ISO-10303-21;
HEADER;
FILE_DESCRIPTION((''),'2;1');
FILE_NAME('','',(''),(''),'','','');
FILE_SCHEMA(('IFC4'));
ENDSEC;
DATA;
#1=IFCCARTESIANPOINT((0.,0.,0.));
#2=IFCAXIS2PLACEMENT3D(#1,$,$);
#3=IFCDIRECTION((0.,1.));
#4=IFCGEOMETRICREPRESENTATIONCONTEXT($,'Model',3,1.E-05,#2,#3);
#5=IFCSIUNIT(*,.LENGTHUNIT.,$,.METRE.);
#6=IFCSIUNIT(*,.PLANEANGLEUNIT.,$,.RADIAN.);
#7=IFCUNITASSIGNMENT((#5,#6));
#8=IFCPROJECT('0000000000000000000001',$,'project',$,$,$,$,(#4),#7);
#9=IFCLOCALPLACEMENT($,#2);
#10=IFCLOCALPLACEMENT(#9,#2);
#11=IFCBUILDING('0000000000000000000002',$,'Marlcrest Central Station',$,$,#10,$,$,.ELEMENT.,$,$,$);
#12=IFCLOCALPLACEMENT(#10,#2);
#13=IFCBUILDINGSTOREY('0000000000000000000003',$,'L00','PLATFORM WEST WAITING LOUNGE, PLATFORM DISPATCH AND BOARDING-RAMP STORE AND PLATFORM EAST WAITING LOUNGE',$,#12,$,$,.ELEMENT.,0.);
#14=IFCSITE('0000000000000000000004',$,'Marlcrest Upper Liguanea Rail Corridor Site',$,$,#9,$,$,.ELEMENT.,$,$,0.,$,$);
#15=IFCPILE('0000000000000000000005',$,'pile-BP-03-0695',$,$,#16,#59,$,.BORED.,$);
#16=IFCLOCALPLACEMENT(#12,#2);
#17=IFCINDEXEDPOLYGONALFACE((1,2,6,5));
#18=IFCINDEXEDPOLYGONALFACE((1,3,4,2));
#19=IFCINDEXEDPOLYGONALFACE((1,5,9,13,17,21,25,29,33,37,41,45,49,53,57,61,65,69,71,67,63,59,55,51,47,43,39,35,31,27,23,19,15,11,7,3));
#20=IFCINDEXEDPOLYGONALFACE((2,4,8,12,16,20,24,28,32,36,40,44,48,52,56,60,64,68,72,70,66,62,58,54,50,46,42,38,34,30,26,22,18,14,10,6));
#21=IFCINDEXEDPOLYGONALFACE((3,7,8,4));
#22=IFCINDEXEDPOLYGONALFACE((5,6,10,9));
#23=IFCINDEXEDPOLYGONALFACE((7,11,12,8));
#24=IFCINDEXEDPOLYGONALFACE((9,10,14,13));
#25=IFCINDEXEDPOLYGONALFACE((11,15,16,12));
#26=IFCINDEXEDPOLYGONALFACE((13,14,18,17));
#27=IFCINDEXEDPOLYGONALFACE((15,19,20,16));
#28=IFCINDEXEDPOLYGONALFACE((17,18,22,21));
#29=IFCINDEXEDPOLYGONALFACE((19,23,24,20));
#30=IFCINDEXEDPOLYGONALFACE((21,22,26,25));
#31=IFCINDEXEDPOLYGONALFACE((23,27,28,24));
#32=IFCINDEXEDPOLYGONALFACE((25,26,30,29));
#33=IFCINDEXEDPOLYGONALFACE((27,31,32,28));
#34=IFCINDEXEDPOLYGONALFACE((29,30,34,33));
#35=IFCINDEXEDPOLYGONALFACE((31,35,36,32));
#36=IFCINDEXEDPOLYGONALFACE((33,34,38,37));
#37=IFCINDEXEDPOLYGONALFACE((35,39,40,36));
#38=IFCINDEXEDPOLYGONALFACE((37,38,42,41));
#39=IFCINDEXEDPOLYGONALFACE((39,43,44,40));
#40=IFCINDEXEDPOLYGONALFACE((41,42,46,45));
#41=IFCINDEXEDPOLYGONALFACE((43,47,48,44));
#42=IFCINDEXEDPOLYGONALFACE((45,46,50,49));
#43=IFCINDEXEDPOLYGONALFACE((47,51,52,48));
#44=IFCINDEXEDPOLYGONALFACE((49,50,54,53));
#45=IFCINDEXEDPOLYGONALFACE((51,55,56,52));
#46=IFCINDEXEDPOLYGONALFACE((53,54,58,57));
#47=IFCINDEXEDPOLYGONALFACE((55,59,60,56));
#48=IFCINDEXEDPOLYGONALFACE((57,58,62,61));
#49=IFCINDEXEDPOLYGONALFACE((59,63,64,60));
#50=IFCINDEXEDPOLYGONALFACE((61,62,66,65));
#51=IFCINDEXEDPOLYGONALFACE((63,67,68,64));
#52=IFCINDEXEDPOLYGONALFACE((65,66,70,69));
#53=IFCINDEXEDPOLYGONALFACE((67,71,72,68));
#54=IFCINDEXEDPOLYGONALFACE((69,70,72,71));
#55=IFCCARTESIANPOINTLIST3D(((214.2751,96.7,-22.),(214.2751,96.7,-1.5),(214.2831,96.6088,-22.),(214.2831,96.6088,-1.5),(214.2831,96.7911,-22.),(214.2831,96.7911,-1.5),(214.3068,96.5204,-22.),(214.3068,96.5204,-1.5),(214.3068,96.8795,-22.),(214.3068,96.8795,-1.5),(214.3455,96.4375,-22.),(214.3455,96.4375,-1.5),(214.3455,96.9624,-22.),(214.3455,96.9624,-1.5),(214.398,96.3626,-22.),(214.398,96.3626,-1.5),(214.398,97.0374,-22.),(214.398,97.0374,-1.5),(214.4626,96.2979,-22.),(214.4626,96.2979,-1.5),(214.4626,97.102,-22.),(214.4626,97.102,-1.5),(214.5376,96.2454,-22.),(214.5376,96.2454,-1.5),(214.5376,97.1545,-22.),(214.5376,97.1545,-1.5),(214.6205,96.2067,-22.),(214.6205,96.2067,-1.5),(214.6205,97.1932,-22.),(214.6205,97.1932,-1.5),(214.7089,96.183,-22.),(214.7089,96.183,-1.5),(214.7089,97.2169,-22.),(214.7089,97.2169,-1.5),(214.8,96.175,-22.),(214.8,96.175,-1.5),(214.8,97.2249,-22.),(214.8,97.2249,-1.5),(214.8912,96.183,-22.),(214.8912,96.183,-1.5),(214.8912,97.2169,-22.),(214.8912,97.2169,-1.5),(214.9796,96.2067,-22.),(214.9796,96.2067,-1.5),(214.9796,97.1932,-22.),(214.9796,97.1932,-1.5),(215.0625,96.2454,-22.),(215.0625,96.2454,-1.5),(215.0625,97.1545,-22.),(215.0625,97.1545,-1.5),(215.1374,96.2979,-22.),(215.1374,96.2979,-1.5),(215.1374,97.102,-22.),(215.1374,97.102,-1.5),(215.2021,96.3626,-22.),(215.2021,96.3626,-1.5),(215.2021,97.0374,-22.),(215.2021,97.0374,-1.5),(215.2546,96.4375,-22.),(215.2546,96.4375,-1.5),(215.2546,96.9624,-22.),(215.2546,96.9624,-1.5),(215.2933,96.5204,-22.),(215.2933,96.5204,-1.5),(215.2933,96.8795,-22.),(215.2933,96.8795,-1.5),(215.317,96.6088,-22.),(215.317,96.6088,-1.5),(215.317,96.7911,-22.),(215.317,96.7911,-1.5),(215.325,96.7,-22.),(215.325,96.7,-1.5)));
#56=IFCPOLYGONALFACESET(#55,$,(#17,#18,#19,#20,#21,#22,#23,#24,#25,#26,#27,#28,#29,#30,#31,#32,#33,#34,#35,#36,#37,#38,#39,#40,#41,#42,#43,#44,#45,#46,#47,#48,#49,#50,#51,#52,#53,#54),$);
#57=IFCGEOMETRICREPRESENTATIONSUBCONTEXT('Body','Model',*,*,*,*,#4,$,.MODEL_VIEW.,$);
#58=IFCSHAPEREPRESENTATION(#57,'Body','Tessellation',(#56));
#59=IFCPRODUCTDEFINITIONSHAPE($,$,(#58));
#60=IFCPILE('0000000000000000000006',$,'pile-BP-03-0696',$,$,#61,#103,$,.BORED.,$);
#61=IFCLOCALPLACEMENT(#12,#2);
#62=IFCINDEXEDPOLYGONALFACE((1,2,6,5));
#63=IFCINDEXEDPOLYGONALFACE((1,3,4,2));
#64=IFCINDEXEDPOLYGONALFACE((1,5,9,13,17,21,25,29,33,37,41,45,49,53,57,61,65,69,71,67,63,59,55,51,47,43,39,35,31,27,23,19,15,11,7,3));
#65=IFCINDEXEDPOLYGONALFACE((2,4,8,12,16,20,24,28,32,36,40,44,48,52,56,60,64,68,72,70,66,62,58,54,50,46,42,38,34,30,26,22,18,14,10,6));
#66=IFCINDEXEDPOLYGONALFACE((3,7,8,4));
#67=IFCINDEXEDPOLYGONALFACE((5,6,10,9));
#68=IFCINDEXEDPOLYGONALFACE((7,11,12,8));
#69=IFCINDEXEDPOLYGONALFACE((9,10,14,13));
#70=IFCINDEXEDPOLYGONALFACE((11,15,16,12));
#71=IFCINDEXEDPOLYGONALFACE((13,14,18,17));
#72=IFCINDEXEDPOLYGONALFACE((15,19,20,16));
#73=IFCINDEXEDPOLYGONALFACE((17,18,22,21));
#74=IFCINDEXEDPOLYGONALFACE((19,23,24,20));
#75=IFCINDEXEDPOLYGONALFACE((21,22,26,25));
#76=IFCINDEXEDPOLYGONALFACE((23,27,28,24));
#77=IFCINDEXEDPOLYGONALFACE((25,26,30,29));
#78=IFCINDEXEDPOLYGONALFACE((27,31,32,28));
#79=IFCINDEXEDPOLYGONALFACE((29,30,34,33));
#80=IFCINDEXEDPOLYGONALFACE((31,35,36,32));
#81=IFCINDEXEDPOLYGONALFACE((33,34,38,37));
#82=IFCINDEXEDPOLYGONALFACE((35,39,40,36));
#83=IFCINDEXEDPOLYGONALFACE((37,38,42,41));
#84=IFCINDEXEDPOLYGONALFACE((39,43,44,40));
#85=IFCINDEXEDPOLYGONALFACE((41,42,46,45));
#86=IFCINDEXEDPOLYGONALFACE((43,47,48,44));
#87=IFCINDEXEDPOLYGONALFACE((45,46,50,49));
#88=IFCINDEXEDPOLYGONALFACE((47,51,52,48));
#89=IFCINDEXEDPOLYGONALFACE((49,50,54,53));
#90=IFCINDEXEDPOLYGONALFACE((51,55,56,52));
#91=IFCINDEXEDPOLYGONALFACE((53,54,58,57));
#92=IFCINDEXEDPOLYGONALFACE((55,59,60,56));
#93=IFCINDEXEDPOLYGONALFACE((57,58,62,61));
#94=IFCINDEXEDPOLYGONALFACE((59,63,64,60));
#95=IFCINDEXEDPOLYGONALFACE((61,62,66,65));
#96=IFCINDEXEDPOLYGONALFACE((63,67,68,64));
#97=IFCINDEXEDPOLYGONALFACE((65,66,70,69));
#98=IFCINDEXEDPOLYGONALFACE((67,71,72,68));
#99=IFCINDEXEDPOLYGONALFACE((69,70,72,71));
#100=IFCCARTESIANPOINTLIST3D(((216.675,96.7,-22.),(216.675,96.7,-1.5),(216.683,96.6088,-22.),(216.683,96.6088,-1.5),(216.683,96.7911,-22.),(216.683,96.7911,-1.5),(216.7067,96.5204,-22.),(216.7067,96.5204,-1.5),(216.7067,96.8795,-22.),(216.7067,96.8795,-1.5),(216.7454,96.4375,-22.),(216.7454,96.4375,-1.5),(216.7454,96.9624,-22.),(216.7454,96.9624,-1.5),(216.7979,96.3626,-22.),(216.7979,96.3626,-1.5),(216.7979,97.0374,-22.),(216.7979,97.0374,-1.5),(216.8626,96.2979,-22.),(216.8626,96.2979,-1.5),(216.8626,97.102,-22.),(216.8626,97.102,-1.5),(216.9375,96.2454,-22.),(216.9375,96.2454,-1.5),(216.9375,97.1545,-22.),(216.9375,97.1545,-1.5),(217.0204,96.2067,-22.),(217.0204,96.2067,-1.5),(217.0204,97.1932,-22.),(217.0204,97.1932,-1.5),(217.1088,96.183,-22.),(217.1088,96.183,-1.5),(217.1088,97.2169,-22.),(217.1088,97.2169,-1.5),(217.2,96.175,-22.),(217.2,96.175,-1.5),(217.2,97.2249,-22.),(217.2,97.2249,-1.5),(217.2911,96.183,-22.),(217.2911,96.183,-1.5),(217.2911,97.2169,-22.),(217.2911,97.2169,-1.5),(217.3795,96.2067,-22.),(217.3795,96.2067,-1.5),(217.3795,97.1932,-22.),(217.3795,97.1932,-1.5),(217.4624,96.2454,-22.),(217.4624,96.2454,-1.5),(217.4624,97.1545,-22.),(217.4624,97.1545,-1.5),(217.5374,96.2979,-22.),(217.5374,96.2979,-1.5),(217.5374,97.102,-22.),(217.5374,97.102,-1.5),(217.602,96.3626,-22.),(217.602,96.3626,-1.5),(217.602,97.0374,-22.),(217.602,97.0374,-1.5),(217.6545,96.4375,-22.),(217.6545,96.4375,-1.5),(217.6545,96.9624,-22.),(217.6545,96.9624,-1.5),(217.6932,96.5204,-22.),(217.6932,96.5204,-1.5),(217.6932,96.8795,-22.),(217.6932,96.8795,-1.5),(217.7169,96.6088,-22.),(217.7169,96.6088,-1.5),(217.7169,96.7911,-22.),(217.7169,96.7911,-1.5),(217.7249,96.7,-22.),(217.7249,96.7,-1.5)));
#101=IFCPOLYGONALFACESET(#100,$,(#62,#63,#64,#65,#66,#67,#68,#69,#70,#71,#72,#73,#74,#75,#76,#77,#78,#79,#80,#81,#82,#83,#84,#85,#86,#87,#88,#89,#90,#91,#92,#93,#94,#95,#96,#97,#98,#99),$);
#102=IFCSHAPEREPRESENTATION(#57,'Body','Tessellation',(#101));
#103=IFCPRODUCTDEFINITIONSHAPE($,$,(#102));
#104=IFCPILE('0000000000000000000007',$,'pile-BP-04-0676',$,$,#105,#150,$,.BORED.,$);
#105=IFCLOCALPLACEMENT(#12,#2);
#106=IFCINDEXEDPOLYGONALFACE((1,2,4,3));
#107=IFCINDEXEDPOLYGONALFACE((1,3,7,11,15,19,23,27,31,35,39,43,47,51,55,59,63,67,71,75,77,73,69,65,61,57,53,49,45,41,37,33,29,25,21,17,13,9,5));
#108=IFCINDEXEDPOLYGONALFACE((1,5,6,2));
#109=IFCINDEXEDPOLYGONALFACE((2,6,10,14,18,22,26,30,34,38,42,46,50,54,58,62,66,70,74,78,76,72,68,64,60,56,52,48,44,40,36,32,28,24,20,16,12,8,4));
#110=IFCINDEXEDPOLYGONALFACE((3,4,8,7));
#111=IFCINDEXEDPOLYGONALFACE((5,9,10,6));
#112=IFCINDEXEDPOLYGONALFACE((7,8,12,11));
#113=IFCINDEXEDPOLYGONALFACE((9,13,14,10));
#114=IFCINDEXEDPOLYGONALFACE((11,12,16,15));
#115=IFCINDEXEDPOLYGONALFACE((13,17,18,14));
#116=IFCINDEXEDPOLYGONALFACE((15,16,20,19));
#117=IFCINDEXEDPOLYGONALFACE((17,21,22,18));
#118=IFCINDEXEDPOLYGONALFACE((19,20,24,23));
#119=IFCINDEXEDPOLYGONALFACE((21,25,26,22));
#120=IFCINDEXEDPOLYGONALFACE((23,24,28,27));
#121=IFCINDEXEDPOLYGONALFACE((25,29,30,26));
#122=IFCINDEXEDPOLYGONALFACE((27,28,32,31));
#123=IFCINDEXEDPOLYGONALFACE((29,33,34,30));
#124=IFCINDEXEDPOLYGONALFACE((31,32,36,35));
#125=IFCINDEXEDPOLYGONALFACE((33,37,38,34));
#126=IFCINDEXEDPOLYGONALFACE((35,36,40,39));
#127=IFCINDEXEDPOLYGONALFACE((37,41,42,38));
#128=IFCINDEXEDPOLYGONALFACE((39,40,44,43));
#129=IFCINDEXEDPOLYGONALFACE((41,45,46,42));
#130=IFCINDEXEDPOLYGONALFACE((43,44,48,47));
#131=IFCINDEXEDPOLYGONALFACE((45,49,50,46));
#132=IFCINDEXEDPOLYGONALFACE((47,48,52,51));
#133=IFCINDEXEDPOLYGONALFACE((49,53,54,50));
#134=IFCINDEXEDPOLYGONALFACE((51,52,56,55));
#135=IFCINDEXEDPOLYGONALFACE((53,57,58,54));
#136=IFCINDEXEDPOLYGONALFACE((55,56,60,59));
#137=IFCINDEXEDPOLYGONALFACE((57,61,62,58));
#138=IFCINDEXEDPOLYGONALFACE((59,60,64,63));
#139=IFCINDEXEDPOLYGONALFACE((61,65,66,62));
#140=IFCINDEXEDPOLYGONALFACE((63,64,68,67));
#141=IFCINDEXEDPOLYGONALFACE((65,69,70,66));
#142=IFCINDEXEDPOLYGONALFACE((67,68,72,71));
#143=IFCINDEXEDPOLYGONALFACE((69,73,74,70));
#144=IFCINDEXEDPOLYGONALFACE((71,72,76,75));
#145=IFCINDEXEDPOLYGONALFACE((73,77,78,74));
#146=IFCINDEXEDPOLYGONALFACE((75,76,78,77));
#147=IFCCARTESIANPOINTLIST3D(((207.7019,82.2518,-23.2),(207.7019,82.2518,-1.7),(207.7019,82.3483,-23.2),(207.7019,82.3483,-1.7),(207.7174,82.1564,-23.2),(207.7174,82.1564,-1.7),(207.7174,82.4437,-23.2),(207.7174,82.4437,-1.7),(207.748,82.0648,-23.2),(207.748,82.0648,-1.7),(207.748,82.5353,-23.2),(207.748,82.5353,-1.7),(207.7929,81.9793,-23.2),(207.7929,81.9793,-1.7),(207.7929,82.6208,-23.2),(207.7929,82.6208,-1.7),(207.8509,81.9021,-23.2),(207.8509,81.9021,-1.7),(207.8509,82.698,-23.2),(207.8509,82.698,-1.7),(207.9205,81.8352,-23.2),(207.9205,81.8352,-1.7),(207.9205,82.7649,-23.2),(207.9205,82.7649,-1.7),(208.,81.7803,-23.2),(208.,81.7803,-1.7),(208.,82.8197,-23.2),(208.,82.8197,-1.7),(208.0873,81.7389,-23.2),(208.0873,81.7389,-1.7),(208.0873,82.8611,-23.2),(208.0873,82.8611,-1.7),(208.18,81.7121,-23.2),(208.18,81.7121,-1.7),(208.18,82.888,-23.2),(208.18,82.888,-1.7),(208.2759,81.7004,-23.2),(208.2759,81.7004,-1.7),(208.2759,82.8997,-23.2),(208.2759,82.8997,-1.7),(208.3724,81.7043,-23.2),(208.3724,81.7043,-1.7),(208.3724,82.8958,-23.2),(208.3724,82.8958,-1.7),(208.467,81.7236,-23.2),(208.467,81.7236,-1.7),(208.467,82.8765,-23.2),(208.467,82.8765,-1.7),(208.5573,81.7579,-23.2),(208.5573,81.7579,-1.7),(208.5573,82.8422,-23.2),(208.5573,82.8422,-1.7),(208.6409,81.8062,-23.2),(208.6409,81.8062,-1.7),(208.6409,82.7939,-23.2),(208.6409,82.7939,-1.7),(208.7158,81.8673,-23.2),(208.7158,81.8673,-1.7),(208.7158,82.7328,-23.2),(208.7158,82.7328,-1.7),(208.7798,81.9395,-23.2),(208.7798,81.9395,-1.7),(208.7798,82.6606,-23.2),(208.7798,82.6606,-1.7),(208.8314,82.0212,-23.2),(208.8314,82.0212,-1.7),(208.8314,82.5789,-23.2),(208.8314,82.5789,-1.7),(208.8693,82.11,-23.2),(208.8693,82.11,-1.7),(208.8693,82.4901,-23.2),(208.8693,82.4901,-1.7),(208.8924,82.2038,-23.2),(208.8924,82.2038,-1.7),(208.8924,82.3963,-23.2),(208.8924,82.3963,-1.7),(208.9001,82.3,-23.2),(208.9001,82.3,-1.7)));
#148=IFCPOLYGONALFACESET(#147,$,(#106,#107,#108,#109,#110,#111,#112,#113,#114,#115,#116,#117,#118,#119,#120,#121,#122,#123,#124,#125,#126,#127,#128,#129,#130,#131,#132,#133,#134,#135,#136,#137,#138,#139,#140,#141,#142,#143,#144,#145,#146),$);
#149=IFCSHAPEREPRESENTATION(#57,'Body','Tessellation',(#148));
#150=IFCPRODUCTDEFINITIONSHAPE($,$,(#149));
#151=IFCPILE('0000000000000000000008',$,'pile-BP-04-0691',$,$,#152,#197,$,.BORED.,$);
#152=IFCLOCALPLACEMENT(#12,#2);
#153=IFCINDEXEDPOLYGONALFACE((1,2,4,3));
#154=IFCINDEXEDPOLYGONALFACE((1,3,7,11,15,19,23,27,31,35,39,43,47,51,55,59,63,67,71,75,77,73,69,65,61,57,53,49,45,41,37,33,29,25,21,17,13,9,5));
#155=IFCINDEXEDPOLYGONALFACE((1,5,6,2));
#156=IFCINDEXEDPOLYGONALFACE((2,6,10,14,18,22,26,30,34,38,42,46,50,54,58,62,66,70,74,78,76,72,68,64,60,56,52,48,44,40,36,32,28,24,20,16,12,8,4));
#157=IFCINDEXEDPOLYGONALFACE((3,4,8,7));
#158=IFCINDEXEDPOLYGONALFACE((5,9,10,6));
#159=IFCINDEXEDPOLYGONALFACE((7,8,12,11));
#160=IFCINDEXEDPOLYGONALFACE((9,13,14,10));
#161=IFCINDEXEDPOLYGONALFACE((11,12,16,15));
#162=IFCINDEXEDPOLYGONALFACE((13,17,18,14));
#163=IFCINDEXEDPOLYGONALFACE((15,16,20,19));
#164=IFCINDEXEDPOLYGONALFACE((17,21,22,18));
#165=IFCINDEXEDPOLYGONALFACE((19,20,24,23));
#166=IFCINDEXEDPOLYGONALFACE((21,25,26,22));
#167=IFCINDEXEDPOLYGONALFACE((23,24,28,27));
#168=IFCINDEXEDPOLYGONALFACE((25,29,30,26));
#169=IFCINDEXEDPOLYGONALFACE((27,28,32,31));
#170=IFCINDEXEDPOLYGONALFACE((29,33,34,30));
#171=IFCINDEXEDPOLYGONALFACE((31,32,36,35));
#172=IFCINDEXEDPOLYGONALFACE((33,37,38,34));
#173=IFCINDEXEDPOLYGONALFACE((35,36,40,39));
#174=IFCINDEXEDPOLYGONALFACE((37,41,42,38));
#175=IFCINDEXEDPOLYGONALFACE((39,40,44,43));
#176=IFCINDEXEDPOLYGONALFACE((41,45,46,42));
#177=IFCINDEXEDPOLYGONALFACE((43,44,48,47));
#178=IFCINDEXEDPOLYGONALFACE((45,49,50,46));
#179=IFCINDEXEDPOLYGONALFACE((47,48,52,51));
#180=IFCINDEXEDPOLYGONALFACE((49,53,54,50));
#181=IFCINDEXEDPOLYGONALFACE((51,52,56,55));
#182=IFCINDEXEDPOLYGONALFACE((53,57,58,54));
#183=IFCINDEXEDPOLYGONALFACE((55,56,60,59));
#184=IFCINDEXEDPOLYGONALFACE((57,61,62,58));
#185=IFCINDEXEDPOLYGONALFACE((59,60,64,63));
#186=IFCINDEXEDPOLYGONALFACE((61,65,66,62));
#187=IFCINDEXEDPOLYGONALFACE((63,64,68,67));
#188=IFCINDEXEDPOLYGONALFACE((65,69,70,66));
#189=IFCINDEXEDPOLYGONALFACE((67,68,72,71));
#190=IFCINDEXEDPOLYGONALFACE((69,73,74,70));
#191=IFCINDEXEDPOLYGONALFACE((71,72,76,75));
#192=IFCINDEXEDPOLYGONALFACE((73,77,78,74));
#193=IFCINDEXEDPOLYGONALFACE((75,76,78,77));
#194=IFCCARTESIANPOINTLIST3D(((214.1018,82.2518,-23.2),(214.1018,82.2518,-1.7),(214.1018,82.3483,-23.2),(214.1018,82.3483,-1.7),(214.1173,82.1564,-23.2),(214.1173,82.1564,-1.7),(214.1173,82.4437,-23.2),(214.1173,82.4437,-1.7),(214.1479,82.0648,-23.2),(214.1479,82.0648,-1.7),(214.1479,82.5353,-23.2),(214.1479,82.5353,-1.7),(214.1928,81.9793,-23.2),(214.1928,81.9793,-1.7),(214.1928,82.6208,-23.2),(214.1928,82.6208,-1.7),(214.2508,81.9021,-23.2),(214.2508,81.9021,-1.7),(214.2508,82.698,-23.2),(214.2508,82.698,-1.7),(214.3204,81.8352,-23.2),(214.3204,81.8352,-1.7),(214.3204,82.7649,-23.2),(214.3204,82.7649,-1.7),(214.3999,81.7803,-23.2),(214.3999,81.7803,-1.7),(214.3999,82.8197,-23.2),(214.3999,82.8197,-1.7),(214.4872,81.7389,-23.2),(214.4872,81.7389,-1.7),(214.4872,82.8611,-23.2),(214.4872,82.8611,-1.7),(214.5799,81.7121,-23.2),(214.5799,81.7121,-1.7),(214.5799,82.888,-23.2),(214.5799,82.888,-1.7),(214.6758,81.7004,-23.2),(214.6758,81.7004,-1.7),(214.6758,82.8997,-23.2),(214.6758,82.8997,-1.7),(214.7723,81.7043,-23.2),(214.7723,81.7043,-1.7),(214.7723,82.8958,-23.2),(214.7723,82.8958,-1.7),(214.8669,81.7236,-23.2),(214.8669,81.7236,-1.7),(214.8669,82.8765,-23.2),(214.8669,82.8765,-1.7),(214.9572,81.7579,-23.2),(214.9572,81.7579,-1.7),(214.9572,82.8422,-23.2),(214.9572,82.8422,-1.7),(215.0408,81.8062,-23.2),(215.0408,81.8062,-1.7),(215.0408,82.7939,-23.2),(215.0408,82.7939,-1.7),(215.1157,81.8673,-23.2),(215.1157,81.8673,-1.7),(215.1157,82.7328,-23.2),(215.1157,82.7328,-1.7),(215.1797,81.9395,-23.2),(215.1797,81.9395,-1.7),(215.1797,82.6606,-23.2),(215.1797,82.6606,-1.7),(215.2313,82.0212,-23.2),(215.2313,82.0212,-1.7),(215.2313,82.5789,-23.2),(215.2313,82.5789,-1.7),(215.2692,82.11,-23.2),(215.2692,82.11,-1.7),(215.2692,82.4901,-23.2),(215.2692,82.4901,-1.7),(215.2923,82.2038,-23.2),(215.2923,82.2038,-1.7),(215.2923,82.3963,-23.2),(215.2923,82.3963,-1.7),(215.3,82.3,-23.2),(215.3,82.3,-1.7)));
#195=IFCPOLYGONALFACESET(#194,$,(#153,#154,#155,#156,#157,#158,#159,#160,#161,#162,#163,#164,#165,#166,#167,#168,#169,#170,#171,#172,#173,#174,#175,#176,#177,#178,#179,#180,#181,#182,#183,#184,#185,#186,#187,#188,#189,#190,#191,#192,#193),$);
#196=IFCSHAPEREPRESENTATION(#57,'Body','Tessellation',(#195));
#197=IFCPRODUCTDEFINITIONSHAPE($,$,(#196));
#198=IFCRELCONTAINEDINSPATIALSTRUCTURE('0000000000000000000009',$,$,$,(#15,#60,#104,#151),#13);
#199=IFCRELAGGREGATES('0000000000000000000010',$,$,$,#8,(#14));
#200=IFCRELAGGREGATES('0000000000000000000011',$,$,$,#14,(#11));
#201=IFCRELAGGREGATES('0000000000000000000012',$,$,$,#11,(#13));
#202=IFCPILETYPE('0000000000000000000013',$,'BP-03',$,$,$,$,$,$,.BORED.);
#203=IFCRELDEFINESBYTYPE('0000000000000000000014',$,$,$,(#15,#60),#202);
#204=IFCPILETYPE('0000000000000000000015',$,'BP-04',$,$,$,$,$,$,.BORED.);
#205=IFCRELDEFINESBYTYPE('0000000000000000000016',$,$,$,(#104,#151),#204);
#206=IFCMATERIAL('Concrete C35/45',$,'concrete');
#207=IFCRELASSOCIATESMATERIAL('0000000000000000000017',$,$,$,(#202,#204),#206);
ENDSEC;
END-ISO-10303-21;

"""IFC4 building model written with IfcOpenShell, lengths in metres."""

from ifc_helpers import new_model, si_unit, direction, frame, origin, origin_2d, place, context, subcontext, project, spatial, circle, extrude, material, material_profile, profile_set, type_object, element, save


model = new_model("IFC4")

# Units and contexts
model_context = context("Model", 3, precision=1e-05, world=origin(), true_north=direction((0.0, 1.0)))
body_context = subcontext(model_context, "Body", "Model", "MODEL_VIEW")
ifc_project = project(units=[si_unit("LENGTHUNIT", "METRE"), si_unit("PLANEANGLEUNIT", "RADIAN")], contexts=[model_context])

# Site, building, storey
site_placement = place(None, origin())
site = spatial("IfcSite", under=ifc_project, at=site_placement, Name="Marlcrest Upper Liguanea Rail Corridor Site", CompositionType="ELEMENT", RefElevation=0.0)
building_placement = place(site_placement, origin())
building = spatial("IfcBuilding", under=site, at=building_placement, Name="Marlcrest Central Station", CompositionType="ELEMENT")
storey_placement = place(building_placement, origin())
storey = spatial("IfcBuildingStorey", under=building, at=storey_placement, Name="L00", Description="PLATFORM WEST WAITING LOUNGE, PLATFORM DISPATCH AND BOARDING-RAMP STORE AND PLATFORM EAST WAITING LOUNGE", CompositionType="ELEMENT", Elevation=0.0)

# Piles
ifc_material_1 = material(Name="Concrete C35/45", Category="concrete")
ifc_material_profile_1 = material_profile(ifc_material_1, circle(Radius=0.5249, at=origin_2d()), Name="PILE D1050")
ifc_profile_set_1 = profile_set([ifc_material_profile_1], Name="Concrete C35/45")
pile_type_1 = type_object("IfcPileType", Name="BP-03", PredefinedType="BORED", material=ifc_profile_set_1)
for number, where, z_axis, x_axis, name in (
    (1, (214.8, 96.7, -1.5), (0.0, 0.0, -1.0), (1.0, 0.0, 0.0), "pile-BP-03-0695"),
    (2, (217.2, 96.7, -1.5), (0.0, 0.0, -1.0), (1.0, 0.0, 0.0), "pile-BP-03-0696"),
):
    element("IfcPile", number, at=place(storey_placement, frame(where, z_axis=z_axis, x_axis=x_axis)), inside=storey, type_object=pile_type_1, Name=name, PredefinedType="BORED", context=body_context, shape_type="SweptSolid", body=[
        extrude(circle(Radius=0.5249, at=origin_2d()), origin(), (0.0, 0.0, 1.0), 20.5),
    ])
ifc_material_profile_2 = material_profile(ifc_material_1, circle(Radius=0.6001, at=origin_2d()), Name="PILE D1200")
ifc_profile_set_2 = profile_set([ifc_material_profile_2], Name="Concrete C35/45")
pile_type_2 = type_object("IfcPileType", Name="BP-04", PredefinedType="BORED", material=ifc_profile_set_2)
for number, where, z_axis, x_axis, name in (
    (3, (208.3, 82.3, -1.7), (0.0, 0.0, -1.0), (1.0, 0.0, 0.0), "pile-BP-04-0676"),
    (4, (214.7, 82.3, -1.7), (0.0, 0.0, -1.0), (1.0, 0.0, 0.0), "pile-BP-04-0691"),
):
    element("IfcPile", number, at=place(storey_placement, frame(where, z_axis=z_axis, x_axis=x_axis)), inside=storey, type_object=pile_type_2, Name=name, PredefinedType="BORED", context=body_context, shape_type="SweptSolid", body=[
        extrude(circle(Radius=0.6001, at=origin_2d()), origin(), (0.0, 0.0, 1.0), 21.5),
    ])

save(model, "model.ifc")
